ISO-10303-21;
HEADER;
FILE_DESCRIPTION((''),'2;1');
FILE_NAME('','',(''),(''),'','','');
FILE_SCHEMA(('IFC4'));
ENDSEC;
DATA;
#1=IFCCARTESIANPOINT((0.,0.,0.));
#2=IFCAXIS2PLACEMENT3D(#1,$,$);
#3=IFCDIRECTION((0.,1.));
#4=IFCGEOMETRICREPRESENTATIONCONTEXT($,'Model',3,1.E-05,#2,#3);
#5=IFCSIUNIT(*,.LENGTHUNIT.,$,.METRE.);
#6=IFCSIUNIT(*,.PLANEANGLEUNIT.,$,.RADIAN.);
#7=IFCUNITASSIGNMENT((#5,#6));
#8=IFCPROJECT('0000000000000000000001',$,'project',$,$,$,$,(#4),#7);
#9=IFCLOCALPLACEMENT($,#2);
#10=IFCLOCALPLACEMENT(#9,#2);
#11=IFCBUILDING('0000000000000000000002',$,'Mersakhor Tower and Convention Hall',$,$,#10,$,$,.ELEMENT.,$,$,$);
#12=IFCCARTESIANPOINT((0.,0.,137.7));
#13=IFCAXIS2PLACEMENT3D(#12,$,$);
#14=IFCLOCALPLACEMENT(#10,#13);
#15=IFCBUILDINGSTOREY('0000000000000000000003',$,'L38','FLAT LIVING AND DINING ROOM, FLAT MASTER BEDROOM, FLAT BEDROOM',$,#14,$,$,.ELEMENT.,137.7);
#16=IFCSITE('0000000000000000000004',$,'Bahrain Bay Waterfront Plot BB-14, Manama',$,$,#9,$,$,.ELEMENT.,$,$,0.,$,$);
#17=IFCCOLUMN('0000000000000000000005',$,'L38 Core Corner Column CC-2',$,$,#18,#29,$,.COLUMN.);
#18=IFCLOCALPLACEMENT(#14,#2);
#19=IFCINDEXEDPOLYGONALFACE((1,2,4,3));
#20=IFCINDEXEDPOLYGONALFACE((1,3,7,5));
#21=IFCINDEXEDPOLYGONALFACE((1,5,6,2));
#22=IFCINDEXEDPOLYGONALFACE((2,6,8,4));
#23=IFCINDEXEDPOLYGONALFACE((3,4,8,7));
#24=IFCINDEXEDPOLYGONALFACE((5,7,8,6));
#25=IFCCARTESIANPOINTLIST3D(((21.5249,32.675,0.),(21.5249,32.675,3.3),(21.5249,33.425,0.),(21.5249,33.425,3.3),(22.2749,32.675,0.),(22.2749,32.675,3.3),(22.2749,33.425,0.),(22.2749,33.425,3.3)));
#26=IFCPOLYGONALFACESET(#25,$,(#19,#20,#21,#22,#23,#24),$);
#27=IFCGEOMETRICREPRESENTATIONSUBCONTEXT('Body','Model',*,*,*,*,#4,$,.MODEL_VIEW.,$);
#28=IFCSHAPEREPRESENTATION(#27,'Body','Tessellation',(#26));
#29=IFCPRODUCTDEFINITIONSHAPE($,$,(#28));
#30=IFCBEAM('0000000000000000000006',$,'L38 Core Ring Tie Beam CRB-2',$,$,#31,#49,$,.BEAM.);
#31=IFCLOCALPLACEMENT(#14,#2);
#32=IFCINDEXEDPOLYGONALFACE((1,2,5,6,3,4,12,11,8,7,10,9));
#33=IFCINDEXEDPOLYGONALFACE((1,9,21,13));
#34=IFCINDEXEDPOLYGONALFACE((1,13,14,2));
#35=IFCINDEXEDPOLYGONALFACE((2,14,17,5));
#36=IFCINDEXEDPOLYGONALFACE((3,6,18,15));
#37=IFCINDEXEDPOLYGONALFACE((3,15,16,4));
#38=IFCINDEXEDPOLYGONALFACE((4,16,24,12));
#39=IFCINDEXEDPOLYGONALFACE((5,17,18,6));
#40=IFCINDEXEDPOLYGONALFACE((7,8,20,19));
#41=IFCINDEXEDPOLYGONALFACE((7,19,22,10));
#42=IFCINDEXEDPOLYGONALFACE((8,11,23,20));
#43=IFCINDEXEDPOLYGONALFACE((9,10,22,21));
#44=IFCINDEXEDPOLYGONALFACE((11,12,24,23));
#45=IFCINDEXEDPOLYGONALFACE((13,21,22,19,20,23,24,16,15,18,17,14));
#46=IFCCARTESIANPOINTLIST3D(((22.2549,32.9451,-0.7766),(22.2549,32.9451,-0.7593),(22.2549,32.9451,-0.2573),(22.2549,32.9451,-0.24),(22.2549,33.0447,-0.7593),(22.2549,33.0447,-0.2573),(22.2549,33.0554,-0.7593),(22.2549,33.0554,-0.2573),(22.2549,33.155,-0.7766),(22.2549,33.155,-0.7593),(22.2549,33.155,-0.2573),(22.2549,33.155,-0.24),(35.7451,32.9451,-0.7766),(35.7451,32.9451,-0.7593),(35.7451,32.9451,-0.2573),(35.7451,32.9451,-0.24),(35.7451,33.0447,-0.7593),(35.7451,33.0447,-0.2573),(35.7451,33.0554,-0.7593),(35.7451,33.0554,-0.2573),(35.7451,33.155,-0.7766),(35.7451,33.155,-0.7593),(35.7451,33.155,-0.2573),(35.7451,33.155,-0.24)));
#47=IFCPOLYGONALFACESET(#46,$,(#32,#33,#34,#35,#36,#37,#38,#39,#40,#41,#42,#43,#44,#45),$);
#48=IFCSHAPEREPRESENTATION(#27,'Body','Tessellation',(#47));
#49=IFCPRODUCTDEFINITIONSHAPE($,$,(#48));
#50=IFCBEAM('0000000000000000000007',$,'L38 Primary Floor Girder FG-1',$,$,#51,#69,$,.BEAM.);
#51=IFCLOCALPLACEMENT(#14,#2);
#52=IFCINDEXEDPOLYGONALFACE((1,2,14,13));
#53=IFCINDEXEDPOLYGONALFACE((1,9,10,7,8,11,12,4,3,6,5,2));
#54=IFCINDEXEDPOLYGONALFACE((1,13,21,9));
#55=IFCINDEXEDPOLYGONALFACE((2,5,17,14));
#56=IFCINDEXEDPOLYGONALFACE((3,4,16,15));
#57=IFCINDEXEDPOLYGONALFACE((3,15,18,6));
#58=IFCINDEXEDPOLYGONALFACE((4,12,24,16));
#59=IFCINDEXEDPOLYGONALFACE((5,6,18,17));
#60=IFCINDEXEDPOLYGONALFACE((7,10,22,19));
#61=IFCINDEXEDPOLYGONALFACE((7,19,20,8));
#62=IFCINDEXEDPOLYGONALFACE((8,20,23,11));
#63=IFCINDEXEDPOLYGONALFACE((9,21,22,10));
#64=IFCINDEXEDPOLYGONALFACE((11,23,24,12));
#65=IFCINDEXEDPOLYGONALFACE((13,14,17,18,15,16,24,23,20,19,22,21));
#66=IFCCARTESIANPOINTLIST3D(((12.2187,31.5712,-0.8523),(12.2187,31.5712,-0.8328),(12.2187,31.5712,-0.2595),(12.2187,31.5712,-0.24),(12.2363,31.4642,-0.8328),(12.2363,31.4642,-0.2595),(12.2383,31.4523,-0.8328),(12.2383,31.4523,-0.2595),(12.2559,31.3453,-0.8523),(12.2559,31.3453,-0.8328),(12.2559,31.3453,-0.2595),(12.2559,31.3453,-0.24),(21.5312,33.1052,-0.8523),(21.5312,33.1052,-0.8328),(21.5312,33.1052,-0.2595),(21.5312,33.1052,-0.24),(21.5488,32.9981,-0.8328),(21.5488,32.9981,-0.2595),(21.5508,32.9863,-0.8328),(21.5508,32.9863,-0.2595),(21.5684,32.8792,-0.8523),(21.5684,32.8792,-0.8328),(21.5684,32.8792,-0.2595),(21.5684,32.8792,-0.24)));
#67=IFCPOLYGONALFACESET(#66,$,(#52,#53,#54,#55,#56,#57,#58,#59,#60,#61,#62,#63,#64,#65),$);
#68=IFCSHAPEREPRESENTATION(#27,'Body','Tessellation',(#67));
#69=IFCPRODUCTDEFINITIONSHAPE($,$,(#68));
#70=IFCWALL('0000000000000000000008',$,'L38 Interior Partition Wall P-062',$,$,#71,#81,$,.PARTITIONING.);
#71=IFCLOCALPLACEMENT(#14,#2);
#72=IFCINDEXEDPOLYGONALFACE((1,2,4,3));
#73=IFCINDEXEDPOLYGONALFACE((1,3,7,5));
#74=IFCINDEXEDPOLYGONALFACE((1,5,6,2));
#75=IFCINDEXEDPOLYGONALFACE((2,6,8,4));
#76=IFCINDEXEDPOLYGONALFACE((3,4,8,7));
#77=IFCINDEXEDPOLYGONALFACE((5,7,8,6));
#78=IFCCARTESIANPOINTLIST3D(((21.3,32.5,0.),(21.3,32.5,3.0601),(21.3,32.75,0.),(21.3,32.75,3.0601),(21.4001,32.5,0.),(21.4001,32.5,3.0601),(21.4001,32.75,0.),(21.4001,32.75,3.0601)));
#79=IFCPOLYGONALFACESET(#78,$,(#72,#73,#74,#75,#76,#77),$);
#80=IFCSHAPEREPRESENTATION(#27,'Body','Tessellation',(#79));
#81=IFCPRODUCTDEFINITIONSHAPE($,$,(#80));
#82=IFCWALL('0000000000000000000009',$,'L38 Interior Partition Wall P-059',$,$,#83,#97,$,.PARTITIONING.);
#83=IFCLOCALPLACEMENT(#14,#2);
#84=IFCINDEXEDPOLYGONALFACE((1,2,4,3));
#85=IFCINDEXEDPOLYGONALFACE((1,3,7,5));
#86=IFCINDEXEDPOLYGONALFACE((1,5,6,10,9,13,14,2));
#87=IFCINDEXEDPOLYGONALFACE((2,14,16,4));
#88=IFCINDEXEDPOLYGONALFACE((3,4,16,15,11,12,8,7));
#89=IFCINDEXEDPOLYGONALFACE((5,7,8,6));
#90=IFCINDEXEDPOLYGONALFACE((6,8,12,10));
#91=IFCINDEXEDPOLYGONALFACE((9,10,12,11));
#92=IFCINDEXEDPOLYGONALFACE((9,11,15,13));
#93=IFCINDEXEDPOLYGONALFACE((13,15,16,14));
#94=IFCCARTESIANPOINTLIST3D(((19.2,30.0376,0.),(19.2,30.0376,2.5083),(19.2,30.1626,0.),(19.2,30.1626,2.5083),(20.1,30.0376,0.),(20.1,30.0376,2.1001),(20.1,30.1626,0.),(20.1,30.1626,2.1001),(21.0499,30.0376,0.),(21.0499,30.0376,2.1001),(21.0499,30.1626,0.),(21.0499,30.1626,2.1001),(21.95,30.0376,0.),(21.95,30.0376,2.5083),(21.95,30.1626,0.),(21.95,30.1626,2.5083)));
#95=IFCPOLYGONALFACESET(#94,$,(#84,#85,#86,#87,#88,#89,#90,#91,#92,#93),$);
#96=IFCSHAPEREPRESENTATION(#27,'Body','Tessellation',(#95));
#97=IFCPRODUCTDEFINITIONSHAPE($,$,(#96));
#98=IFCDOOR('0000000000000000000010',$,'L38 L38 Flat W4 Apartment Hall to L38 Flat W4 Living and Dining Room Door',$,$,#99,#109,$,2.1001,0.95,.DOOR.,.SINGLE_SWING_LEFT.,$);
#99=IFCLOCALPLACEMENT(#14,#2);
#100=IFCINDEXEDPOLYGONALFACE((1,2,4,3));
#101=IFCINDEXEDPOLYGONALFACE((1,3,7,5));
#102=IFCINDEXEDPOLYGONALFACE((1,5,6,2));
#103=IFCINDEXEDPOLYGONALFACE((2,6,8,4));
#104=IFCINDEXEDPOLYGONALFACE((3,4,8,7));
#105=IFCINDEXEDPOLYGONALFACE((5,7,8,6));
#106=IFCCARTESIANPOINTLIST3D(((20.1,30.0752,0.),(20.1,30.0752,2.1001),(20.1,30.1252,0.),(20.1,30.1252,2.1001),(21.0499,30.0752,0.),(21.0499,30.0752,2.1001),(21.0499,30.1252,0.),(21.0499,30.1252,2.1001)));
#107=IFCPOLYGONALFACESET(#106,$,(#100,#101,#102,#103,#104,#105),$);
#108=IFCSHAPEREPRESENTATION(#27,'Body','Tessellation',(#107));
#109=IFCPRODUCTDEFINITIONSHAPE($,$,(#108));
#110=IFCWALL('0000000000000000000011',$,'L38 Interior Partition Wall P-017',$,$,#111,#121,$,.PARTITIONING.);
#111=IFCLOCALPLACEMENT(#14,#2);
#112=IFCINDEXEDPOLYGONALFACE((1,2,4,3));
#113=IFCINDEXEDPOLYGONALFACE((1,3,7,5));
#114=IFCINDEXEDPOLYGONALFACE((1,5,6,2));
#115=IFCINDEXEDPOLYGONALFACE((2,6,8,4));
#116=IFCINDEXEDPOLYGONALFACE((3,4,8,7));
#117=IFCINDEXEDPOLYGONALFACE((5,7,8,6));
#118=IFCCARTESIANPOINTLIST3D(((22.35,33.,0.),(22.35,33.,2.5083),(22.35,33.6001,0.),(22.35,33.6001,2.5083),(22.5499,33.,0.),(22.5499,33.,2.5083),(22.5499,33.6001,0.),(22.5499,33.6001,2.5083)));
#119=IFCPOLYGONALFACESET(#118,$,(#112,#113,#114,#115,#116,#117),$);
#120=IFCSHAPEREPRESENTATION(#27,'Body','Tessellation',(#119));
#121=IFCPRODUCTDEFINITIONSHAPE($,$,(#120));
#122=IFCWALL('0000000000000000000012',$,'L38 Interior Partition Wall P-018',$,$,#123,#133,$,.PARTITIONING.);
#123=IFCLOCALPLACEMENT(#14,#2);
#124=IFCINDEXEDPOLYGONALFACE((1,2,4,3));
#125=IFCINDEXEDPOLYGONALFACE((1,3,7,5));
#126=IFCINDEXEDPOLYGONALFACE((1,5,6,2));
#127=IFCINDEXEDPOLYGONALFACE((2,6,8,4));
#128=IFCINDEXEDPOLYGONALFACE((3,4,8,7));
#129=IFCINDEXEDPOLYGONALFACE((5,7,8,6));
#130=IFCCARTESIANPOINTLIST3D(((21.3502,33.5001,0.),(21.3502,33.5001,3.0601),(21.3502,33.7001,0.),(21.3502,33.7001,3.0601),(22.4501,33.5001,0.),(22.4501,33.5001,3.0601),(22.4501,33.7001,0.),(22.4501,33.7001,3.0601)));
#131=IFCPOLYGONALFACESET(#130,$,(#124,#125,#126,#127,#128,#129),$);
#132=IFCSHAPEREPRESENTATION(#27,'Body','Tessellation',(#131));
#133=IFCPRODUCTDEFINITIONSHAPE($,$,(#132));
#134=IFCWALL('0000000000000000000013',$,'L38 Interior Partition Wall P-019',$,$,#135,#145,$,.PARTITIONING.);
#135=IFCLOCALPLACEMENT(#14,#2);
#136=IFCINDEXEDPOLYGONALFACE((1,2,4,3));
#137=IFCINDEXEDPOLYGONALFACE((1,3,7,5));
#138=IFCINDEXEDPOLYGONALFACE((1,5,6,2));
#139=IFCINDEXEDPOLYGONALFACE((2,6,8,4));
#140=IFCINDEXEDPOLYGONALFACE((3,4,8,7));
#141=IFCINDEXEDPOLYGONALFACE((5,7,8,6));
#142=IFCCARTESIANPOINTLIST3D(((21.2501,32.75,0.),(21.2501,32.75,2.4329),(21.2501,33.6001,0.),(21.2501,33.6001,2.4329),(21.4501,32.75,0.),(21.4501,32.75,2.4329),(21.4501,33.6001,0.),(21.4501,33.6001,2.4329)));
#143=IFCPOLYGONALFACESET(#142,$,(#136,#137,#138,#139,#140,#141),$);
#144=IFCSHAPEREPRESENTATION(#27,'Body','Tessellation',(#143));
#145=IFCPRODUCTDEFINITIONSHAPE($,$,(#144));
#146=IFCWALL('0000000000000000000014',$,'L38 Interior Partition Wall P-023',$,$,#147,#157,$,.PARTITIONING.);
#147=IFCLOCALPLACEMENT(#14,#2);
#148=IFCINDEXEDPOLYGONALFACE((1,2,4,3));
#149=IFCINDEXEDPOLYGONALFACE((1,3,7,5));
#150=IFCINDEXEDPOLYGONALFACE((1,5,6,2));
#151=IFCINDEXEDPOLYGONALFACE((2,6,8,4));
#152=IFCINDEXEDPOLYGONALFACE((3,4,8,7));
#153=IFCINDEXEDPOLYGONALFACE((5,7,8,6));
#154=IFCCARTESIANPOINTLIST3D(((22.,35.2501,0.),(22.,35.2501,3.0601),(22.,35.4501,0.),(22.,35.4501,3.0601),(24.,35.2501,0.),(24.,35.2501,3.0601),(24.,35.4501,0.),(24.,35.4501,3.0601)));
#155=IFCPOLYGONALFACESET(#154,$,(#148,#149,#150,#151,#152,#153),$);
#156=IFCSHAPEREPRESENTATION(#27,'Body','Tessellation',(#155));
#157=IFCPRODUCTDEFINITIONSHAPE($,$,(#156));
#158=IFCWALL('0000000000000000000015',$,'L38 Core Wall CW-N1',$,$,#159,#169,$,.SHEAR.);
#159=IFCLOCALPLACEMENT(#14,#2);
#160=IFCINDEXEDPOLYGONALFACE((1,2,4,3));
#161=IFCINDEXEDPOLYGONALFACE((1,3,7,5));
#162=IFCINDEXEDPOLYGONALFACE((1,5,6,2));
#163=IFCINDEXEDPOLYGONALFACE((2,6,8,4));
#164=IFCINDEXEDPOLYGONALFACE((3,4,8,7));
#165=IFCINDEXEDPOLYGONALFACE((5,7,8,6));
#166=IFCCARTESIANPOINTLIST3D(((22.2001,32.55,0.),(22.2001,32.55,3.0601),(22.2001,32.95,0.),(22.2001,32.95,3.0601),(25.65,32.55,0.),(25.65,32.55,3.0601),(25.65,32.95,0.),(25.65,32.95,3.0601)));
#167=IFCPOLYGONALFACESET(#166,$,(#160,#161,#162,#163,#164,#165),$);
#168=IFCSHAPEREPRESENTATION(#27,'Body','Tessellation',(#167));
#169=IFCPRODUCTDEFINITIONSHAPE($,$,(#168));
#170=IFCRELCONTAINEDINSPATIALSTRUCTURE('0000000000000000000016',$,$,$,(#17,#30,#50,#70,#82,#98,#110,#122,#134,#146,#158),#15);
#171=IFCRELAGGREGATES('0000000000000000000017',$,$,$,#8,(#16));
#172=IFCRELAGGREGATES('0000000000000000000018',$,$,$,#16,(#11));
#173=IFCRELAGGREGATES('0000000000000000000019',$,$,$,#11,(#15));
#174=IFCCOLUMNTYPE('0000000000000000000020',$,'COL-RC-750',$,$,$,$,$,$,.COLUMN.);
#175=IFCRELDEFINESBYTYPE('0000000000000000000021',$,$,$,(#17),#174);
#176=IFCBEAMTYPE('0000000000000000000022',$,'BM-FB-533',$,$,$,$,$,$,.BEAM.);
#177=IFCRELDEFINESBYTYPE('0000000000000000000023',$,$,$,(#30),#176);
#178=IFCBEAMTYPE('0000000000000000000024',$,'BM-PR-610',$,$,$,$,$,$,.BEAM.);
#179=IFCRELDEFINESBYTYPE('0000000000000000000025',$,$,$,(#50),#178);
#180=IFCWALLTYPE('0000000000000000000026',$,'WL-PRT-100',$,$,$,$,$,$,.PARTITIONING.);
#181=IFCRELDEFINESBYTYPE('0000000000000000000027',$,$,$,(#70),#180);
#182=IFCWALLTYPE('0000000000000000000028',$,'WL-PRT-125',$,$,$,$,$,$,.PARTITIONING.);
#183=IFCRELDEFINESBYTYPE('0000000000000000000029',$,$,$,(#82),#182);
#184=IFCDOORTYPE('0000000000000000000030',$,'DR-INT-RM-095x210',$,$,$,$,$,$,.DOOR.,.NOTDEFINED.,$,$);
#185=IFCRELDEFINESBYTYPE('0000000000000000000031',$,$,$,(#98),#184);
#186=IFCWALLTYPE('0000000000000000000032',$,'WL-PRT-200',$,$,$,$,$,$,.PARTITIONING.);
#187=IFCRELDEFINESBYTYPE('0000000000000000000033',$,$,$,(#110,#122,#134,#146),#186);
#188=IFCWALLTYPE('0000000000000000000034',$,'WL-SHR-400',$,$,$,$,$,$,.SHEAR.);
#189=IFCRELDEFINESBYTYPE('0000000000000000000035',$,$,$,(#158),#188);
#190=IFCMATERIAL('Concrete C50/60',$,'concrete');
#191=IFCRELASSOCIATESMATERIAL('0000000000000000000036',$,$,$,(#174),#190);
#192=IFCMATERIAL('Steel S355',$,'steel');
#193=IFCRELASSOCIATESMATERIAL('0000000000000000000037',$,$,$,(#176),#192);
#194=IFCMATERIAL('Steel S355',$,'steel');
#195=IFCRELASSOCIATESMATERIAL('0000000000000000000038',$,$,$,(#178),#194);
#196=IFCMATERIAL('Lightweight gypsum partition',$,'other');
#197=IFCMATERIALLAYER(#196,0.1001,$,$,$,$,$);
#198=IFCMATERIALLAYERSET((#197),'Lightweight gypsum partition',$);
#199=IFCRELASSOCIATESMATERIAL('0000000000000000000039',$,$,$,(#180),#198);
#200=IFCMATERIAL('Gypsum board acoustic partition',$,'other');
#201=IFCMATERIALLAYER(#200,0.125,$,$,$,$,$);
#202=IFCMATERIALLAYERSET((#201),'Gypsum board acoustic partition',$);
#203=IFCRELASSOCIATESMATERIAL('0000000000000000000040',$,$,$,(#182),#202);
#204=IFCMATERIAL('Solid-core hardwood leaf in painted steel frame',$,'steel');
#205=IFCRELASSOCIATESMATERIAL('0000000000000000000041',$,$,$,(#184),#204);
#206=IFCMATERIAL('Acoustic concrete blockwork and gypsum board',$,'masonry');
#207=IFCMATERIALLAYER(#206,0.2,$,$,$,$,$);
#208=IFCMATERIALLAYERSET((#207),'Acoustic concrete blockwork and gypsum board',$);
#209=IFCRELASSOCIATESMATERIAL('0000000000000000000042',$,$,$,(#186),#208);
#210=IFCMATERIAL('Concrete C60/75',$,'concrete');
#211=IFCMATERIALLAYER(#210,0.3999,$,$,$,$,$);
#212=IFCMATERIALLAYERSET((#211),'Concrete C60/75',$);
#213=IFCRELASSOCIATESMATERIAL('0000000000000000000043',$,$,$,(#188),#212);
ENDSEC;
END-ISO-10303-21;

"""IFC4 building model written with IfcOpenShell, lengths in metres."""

from ifc_helpers import new_model, si_unit, direction, frame, frame_2d, origin, origin_2d, place, context, subcontext, project, spatial, rectangle, i_section, extrude, material, layer, layer_set, material_profile, profile_set, type_object, element, fill, save


model = new_model("IFC4")

# Units and contexts
model_context = context("Model", 3, precision=1e-05, world=origin(), true_north=direction((0.0, 1.0)))
body_context = subcontext(model_context, "Body", "Model", "MODEL_VIEW")
ifc_project = project(units=[si_unit("LENGTHUNIT", "METRE"), si_unit("PLANEANGLEUNIT", "RADIAN")], contexts=[model_context])

# Site, building, storey
site_placement = place(None, origin())
site = spatial("IfcSite", under=ifc_project, at=site_placement, Name="Bahrain Bay Waterfront Plot BB-14, Manama", CompositionType="ELEMENT", RefElevation=0.0)
building_placement = place(site_placement, origin())
building = spatial("IfcBuilding", under=site, at=building_placement, Name="Mersakhor Tower and Convention Hall", CompositionType="ELEMENT")
storey_placement = place(building_placement, frame((0.0, 0.0, 137.7)))
storey = spatial("IfcBuildingStorey", under=building, at=storey_placement, Name="L38", Description="FLAT LIVING AND DINING ROOM, FLAT MASTER BEDROOM, FLAT BEDROOM", CompositionType="ELEMENT", Elevation=137.7)

# Column
ifc_material_1 = material(Name="Concrete C50/60", Category="concrete")
ifc_material_profile_1 = material_profile(ifc_material_1, rectangle(XDim=0.75, YDim=0.75, at=origin_2d()), Name="RC 750x750")
ifc_profile_set_1 = profile_set([ifc_material_profile_1], Name="Concrete C50/60")
column_type = type_object("IfcColumnType", Name="COL-RC-750", PredefinedType="COLUMN", material=ifc_profile_set_1)
column_placement = place(storey_placement, frame((21.8999, 33.05, 0.0), z_axis=(0.0, 0.0, 1.0), x_axis=(1.0, 0.0, 0.0)))
element("IfcColumn", 1, at=column_placement, inside=storey, type_object=column_type, Name="L38 Core Corner Column CC-2", PredefinedType="COLUMN", context=body_context, shape_type="SweptSolid", body=[
    extrude(rectangle(XDim=0.75, YDim=0.75, at=origin_2d()), origin(), (0.0, 0.0, 1.0), 3.3),
])

# Beams
ifc_material_2 = material(Name="Steel S355", Category="steel")
ifc_material_profile_2 = material_profile(ifc_material_2, i_section(OverallWidth=0.21, OverallDepth=0.5366, WebThickness=0.0107, FlangeThickness=0.0173, at=origin_2d()), Name="UB 533x210x101")
ifc_profile_set_2 = profile_set([ifc_material_profile_2], Name="Steel S355")
beam_type_1 = type_object("IfcBeamType", Name="BM-FB-533", PredefinedType="BEAM", material=ifc_profile_set_2)
beam_1_placement = place(storey_placement, frame((22.2549, 33.05, -0.5083), z_axis=(1.0, 0.0, 0.0), x_axis=(0.0, 1.0, 0.0)))
element("IfcBeam", 2, at=beam_1_placement, inside=storey, type_object=beam_type_1, Name="L38 Core Ring Tie Beam CRB-2", PredefinedType="BEAM", context=body_context, shape_type="SweptSolid", body=[
    extrude(i_section(OverallWidth=0.21, OverallDepth=0.5366, WebThickness=0.0107, FlangeThickness=0.0173, at=origin_2d()), origin(), (0.0, 0.0, 1.0), 13.4902),
])
ifc_material_3 = material(Name="Steel S355", Category="steel")
ifc_material_profile_3 = material_profile(ifc_material_3, i_section(OverallWidth=0.229, OverallDepth=0.6123, WebThickness=0.012, FlangeThickness=0.0195, at=origin_2d()), Name="UB 610x229x125")
ifc_profile_set_3 = profile_set([ifc_material_profile_3], Name="Steel S355")
beam_type_2 = type_object("IfcBeamType", Name="BM-PR-610", PredefinedType="BEAM", material=ifc_profile_set_3)
beam_2_placement = place(storey_placement, frame((21.5498, 32.9922, -0.5461), z_axis=(-0.986704, -0.162528, 0.0), x_axis=(0.162528, -0.986704, 0.0)))
element("IfcBeam", 3, at=beam_2_placement, inside=storey, type_object=beam_type_2, Name="L38 Primary Floor Girder FG-1", PredefinedType="BEAM", context=body_context, shape_type="SweptSolid", body=[
    extrude(i_section(OverallWidth=0.229, OverallDepth=0.6123, WebThickness=0.012, FlangeThickness=0.0195, at=origin_2d()), origin(), (0.0, 0.0, 1.0), 9.438),
])

# Wall
ifc_material_4 = material(Name="Lightweight gypsum partition", Category="other")
ifc_layer_1 = layer(ifc_material_4, 0.1001)
ifc_layer_set_1 = layer_set([ifc_layer_1], Name="Lightweight gypsum partition")
wall_type_1 = type_object("IfcWallType", Name="WL-PRT-100", PredefinedType="PARTITIONING", material=ifc_layer_set_1)
wall_1_placement = place(storey_placement, frame((21.3501, 32.75, 0.0), z_axis=(0.0, 0.0, 1.0), x_axis=(0.0, -1.0, 0.0)))
element("IfcWall", 4, at=wall_1_placement, inside=storey, type_object=wall_type_1, Name="L38 Interior Partition Wall P-062", PredefinedType="PARTITIONING", context=body_context, shape_type="SweptSolid", body=[
    extrude(rectangle(XDim=0.25, YDim=0.1001, at=frame_2d((0.125, 0.0))), origin(), (0.0, 0.0, 1.0), 3.0601),
])

# Wall, opening, door
ifc_material_5 = material(Name="Gypsum board acoustic partition", Category="other")
ifc_layer_2 = layer(ifc_material_5, 0.125)
ifc_layer_set_2 = layer_set([ifc_layer_2], Name="Gypsum board acoustic partition")
wall_type_2 = type_object("IfcWallType", Name="WL-PRT-125", PredefinedType="PARTITIONING", material=ifc_layer_set_2)
wall_2_placement = place(storey_placement, frame((21.95, 30.1001, 0.0), z_axis=(0.0, 0.0, 1.0), x_axis=(-1.0, 0.0, 0.0)))
wall_2 = element("IfcWall", 5, at=wall_2_placement, inside=storey, type_object=wall_type_2, Name="L38 Interior Partition Wall P-059", PredefinedType="PARTITIONING", context=body_context, shape_type="SweptSolid", body=[
    extrude(rectangle(XDim=2.75, YDim=0.125, at=frame_2d((1.375, 0.0))), origin(), (0.0, 0.0, 1.0), 2.5083),
])
opening_1_placement = place(wall_2_placement, frame((0.8999, 0.0, 0.0)))
opening_1 = element("IfcOpeningElement", 6, at=opening_1_placement, cuts=wall_2, PredefinedType="OPENING", context=body_context, shape_type="SweptSolid", body=[
    extrude(rectangle(XDim=0.95, YDim=2.1001, at=frame_2d((0.4751, 1.05))), frame((0.0, 0.0725, 0.0), z_axis=(0.0, -1.0, 0.0), x_axis=(1.0, 0.0, 0.0)), (0.0, 0.0, 1.0), 0.145),
])
ifc_material_6 = material(Name="Solid-core hardwood leaf in painted steel frame", Category="steel")
door_type_1 = type_object("IfcDoorType", Name="DR-INT-RM-095x210", OperationType="NOTDEFINED", PredefinedType="DOOR", material=ifc_material_6)
door_1_placement = place(opening_1_placement, origin())
door_1 = element("IfcDoor", 7, at=door_1_placement, inside=storey, type_object=door_type_1, Name="L38 L38 Flat W4 Apartment Hall to L38 Flat W4 Living and Dining Room Door", OperationType="SINGLE_SWING_LEFT", OverallHeight=2.1001, OverallWidth=0.95, PredefinedType="DOOR", context=body_context, shape_type="SweptSolid", body=[
    extrude(rectangle(XDim=0.95, YDim=2.1001, at=frame_2d((0.4751, 1.05))), frame((0.0, 0.0249, 0.0), z_axis=(0.0, -1.0, 0.0), x_axis=(1.0, 0.0, 0.0)), (0.0, 0.0, 1.0), 0.05),
])
fill(opening_1, door_1)

# Walls
ifc_material_7 = material(Name="Acoustic concrete blockwork and gypsum board", Category="masonry")
ifc_layer_3 = layer(ifc_material_7, 0.2)
ifc_layer_set_3 = layer_set([ifc_layer_3], Name="Acoustic concrete blockwork and gypsum board")
wall_type_3 = type_object("IfcWallType", Name="WL-PRT-200", PredefinedType="PARTITIONING", material=ifc_layer_set_3)
wall_3_placement = place(storey_placement, frame((22.45, 33.0, 0.0), z_axis=(0.0, 0.0, 1.0), x_axis=(0.0, 1.0, 0.0)))
element("IfcWall", 8, at=wall_3_placement, inside=storey, type_object=wall_type_3, Name="L38 Interior Partition Wall P-017", PredefinedType="PARTITIONING", context=body_context, shape_type="SweptSolid", body=[
    extrude(rectangle(XDim=0.6001, YDim=0.2, at=frame_2d((0.3, 0.0))), origin(), (0.0, 0.0, 1.0), 2.5083),
])
wall_4_placement = place(storey_placement, frame((22.45, 33.6001, 0.0), z_axis=(0.0, 0.0, 1.0), x_axis=(-1.0, 0.0, 0.0)))
element("IfcWall", 9, at=wall_4_placement, inside=storey, type_object=wall_type_3, Name="L38 Interior Partition Wall P-018", PredefinedType="PARTITIONING", context=body_context, shape_type="SweptSolid", body=[
    extrude(rectangle(XDim=1.0999, YDim=0.2, at=frame_2d((0.5498, 0.0))), origin(), (0.0, 0.0, 1.0), 3.0601),
])
wall_5_placement = place(storey_placement, frame((21.3501, 33.6001, 0.0), z_axis=(0.0, 0.0, 1.0), x_axis=(0.0, -1.0, 0.0)))
element("IfcWall", 10, at=wall_5_placement, inside=storey, type_object=wall_type_3, Name="L38 Interior Partition Wall P-019", PredefinedType="PARTITIONING", context=body_context, shape_type="SweptSolid", body=[
    extrude(rectangle(XDim=0.8501, YDim=0.2, at=frame_2d((0.425, 0.0))), origin(), (0.0, 0.0, 1.0), 2.4329),
])
wall_6_placement = place(storey_placement, frame((22.0, 35.3501, 0.0), z_axis=(0.0, 0.0, 1.0), x_axis=(1.0, 0.0, 0.0)))
element("IfcWall", 11, at=wall_6_placement, inside=storey, type_object=wall_type_3, Name="L38 Interior Partition Wall P-023", PredefinedType="PARTITIONING", context=body_context, shape_type="SweptSolid", body=[
    extrude(rectangle(XDim=2.0, YDim=0.2, at=frame_2d((1.0, 0.0))), origin(), (0.0, 0.0, 1.0), 3.0601),
])
ifc_material_8 = material(Name="Concrete C60/75", Category="concrete")
ifc_layer_4 = layer(ifc_material_8, 0.3999)
ifc_layer_set_4 = layer_set([ifc_layer_4], Name="Concrete C60/75")
wall_type_4 = type_object("IfcWallType", Name="WL-SHR-400", PredefinedType="SHEAR", material=ifc_layer_set_4)
wall_7_placement = place(storey_placement, frame((22.2, 32.75, 0.0), z_axis=(0.0, 0.0, 1.0), x_axis=(1.0, 0.0, 0.0)))
element("IfcWall", 12, at=wall_7_placement, inside=storey, type_object=wall_type_4, Name="L38 Core Wall CW-N1", PredefinedType="SHEAR", context=body_context, shape_type="SweptSolid", body=[
    extrude(rectangle(XDim=3.45, YDim=0.3999, at=frame_2d((1.7251, 0.0))), origin(), (0.0, 0.0, 1.0), 3.0601),
])

save(model, "model.ifc")
